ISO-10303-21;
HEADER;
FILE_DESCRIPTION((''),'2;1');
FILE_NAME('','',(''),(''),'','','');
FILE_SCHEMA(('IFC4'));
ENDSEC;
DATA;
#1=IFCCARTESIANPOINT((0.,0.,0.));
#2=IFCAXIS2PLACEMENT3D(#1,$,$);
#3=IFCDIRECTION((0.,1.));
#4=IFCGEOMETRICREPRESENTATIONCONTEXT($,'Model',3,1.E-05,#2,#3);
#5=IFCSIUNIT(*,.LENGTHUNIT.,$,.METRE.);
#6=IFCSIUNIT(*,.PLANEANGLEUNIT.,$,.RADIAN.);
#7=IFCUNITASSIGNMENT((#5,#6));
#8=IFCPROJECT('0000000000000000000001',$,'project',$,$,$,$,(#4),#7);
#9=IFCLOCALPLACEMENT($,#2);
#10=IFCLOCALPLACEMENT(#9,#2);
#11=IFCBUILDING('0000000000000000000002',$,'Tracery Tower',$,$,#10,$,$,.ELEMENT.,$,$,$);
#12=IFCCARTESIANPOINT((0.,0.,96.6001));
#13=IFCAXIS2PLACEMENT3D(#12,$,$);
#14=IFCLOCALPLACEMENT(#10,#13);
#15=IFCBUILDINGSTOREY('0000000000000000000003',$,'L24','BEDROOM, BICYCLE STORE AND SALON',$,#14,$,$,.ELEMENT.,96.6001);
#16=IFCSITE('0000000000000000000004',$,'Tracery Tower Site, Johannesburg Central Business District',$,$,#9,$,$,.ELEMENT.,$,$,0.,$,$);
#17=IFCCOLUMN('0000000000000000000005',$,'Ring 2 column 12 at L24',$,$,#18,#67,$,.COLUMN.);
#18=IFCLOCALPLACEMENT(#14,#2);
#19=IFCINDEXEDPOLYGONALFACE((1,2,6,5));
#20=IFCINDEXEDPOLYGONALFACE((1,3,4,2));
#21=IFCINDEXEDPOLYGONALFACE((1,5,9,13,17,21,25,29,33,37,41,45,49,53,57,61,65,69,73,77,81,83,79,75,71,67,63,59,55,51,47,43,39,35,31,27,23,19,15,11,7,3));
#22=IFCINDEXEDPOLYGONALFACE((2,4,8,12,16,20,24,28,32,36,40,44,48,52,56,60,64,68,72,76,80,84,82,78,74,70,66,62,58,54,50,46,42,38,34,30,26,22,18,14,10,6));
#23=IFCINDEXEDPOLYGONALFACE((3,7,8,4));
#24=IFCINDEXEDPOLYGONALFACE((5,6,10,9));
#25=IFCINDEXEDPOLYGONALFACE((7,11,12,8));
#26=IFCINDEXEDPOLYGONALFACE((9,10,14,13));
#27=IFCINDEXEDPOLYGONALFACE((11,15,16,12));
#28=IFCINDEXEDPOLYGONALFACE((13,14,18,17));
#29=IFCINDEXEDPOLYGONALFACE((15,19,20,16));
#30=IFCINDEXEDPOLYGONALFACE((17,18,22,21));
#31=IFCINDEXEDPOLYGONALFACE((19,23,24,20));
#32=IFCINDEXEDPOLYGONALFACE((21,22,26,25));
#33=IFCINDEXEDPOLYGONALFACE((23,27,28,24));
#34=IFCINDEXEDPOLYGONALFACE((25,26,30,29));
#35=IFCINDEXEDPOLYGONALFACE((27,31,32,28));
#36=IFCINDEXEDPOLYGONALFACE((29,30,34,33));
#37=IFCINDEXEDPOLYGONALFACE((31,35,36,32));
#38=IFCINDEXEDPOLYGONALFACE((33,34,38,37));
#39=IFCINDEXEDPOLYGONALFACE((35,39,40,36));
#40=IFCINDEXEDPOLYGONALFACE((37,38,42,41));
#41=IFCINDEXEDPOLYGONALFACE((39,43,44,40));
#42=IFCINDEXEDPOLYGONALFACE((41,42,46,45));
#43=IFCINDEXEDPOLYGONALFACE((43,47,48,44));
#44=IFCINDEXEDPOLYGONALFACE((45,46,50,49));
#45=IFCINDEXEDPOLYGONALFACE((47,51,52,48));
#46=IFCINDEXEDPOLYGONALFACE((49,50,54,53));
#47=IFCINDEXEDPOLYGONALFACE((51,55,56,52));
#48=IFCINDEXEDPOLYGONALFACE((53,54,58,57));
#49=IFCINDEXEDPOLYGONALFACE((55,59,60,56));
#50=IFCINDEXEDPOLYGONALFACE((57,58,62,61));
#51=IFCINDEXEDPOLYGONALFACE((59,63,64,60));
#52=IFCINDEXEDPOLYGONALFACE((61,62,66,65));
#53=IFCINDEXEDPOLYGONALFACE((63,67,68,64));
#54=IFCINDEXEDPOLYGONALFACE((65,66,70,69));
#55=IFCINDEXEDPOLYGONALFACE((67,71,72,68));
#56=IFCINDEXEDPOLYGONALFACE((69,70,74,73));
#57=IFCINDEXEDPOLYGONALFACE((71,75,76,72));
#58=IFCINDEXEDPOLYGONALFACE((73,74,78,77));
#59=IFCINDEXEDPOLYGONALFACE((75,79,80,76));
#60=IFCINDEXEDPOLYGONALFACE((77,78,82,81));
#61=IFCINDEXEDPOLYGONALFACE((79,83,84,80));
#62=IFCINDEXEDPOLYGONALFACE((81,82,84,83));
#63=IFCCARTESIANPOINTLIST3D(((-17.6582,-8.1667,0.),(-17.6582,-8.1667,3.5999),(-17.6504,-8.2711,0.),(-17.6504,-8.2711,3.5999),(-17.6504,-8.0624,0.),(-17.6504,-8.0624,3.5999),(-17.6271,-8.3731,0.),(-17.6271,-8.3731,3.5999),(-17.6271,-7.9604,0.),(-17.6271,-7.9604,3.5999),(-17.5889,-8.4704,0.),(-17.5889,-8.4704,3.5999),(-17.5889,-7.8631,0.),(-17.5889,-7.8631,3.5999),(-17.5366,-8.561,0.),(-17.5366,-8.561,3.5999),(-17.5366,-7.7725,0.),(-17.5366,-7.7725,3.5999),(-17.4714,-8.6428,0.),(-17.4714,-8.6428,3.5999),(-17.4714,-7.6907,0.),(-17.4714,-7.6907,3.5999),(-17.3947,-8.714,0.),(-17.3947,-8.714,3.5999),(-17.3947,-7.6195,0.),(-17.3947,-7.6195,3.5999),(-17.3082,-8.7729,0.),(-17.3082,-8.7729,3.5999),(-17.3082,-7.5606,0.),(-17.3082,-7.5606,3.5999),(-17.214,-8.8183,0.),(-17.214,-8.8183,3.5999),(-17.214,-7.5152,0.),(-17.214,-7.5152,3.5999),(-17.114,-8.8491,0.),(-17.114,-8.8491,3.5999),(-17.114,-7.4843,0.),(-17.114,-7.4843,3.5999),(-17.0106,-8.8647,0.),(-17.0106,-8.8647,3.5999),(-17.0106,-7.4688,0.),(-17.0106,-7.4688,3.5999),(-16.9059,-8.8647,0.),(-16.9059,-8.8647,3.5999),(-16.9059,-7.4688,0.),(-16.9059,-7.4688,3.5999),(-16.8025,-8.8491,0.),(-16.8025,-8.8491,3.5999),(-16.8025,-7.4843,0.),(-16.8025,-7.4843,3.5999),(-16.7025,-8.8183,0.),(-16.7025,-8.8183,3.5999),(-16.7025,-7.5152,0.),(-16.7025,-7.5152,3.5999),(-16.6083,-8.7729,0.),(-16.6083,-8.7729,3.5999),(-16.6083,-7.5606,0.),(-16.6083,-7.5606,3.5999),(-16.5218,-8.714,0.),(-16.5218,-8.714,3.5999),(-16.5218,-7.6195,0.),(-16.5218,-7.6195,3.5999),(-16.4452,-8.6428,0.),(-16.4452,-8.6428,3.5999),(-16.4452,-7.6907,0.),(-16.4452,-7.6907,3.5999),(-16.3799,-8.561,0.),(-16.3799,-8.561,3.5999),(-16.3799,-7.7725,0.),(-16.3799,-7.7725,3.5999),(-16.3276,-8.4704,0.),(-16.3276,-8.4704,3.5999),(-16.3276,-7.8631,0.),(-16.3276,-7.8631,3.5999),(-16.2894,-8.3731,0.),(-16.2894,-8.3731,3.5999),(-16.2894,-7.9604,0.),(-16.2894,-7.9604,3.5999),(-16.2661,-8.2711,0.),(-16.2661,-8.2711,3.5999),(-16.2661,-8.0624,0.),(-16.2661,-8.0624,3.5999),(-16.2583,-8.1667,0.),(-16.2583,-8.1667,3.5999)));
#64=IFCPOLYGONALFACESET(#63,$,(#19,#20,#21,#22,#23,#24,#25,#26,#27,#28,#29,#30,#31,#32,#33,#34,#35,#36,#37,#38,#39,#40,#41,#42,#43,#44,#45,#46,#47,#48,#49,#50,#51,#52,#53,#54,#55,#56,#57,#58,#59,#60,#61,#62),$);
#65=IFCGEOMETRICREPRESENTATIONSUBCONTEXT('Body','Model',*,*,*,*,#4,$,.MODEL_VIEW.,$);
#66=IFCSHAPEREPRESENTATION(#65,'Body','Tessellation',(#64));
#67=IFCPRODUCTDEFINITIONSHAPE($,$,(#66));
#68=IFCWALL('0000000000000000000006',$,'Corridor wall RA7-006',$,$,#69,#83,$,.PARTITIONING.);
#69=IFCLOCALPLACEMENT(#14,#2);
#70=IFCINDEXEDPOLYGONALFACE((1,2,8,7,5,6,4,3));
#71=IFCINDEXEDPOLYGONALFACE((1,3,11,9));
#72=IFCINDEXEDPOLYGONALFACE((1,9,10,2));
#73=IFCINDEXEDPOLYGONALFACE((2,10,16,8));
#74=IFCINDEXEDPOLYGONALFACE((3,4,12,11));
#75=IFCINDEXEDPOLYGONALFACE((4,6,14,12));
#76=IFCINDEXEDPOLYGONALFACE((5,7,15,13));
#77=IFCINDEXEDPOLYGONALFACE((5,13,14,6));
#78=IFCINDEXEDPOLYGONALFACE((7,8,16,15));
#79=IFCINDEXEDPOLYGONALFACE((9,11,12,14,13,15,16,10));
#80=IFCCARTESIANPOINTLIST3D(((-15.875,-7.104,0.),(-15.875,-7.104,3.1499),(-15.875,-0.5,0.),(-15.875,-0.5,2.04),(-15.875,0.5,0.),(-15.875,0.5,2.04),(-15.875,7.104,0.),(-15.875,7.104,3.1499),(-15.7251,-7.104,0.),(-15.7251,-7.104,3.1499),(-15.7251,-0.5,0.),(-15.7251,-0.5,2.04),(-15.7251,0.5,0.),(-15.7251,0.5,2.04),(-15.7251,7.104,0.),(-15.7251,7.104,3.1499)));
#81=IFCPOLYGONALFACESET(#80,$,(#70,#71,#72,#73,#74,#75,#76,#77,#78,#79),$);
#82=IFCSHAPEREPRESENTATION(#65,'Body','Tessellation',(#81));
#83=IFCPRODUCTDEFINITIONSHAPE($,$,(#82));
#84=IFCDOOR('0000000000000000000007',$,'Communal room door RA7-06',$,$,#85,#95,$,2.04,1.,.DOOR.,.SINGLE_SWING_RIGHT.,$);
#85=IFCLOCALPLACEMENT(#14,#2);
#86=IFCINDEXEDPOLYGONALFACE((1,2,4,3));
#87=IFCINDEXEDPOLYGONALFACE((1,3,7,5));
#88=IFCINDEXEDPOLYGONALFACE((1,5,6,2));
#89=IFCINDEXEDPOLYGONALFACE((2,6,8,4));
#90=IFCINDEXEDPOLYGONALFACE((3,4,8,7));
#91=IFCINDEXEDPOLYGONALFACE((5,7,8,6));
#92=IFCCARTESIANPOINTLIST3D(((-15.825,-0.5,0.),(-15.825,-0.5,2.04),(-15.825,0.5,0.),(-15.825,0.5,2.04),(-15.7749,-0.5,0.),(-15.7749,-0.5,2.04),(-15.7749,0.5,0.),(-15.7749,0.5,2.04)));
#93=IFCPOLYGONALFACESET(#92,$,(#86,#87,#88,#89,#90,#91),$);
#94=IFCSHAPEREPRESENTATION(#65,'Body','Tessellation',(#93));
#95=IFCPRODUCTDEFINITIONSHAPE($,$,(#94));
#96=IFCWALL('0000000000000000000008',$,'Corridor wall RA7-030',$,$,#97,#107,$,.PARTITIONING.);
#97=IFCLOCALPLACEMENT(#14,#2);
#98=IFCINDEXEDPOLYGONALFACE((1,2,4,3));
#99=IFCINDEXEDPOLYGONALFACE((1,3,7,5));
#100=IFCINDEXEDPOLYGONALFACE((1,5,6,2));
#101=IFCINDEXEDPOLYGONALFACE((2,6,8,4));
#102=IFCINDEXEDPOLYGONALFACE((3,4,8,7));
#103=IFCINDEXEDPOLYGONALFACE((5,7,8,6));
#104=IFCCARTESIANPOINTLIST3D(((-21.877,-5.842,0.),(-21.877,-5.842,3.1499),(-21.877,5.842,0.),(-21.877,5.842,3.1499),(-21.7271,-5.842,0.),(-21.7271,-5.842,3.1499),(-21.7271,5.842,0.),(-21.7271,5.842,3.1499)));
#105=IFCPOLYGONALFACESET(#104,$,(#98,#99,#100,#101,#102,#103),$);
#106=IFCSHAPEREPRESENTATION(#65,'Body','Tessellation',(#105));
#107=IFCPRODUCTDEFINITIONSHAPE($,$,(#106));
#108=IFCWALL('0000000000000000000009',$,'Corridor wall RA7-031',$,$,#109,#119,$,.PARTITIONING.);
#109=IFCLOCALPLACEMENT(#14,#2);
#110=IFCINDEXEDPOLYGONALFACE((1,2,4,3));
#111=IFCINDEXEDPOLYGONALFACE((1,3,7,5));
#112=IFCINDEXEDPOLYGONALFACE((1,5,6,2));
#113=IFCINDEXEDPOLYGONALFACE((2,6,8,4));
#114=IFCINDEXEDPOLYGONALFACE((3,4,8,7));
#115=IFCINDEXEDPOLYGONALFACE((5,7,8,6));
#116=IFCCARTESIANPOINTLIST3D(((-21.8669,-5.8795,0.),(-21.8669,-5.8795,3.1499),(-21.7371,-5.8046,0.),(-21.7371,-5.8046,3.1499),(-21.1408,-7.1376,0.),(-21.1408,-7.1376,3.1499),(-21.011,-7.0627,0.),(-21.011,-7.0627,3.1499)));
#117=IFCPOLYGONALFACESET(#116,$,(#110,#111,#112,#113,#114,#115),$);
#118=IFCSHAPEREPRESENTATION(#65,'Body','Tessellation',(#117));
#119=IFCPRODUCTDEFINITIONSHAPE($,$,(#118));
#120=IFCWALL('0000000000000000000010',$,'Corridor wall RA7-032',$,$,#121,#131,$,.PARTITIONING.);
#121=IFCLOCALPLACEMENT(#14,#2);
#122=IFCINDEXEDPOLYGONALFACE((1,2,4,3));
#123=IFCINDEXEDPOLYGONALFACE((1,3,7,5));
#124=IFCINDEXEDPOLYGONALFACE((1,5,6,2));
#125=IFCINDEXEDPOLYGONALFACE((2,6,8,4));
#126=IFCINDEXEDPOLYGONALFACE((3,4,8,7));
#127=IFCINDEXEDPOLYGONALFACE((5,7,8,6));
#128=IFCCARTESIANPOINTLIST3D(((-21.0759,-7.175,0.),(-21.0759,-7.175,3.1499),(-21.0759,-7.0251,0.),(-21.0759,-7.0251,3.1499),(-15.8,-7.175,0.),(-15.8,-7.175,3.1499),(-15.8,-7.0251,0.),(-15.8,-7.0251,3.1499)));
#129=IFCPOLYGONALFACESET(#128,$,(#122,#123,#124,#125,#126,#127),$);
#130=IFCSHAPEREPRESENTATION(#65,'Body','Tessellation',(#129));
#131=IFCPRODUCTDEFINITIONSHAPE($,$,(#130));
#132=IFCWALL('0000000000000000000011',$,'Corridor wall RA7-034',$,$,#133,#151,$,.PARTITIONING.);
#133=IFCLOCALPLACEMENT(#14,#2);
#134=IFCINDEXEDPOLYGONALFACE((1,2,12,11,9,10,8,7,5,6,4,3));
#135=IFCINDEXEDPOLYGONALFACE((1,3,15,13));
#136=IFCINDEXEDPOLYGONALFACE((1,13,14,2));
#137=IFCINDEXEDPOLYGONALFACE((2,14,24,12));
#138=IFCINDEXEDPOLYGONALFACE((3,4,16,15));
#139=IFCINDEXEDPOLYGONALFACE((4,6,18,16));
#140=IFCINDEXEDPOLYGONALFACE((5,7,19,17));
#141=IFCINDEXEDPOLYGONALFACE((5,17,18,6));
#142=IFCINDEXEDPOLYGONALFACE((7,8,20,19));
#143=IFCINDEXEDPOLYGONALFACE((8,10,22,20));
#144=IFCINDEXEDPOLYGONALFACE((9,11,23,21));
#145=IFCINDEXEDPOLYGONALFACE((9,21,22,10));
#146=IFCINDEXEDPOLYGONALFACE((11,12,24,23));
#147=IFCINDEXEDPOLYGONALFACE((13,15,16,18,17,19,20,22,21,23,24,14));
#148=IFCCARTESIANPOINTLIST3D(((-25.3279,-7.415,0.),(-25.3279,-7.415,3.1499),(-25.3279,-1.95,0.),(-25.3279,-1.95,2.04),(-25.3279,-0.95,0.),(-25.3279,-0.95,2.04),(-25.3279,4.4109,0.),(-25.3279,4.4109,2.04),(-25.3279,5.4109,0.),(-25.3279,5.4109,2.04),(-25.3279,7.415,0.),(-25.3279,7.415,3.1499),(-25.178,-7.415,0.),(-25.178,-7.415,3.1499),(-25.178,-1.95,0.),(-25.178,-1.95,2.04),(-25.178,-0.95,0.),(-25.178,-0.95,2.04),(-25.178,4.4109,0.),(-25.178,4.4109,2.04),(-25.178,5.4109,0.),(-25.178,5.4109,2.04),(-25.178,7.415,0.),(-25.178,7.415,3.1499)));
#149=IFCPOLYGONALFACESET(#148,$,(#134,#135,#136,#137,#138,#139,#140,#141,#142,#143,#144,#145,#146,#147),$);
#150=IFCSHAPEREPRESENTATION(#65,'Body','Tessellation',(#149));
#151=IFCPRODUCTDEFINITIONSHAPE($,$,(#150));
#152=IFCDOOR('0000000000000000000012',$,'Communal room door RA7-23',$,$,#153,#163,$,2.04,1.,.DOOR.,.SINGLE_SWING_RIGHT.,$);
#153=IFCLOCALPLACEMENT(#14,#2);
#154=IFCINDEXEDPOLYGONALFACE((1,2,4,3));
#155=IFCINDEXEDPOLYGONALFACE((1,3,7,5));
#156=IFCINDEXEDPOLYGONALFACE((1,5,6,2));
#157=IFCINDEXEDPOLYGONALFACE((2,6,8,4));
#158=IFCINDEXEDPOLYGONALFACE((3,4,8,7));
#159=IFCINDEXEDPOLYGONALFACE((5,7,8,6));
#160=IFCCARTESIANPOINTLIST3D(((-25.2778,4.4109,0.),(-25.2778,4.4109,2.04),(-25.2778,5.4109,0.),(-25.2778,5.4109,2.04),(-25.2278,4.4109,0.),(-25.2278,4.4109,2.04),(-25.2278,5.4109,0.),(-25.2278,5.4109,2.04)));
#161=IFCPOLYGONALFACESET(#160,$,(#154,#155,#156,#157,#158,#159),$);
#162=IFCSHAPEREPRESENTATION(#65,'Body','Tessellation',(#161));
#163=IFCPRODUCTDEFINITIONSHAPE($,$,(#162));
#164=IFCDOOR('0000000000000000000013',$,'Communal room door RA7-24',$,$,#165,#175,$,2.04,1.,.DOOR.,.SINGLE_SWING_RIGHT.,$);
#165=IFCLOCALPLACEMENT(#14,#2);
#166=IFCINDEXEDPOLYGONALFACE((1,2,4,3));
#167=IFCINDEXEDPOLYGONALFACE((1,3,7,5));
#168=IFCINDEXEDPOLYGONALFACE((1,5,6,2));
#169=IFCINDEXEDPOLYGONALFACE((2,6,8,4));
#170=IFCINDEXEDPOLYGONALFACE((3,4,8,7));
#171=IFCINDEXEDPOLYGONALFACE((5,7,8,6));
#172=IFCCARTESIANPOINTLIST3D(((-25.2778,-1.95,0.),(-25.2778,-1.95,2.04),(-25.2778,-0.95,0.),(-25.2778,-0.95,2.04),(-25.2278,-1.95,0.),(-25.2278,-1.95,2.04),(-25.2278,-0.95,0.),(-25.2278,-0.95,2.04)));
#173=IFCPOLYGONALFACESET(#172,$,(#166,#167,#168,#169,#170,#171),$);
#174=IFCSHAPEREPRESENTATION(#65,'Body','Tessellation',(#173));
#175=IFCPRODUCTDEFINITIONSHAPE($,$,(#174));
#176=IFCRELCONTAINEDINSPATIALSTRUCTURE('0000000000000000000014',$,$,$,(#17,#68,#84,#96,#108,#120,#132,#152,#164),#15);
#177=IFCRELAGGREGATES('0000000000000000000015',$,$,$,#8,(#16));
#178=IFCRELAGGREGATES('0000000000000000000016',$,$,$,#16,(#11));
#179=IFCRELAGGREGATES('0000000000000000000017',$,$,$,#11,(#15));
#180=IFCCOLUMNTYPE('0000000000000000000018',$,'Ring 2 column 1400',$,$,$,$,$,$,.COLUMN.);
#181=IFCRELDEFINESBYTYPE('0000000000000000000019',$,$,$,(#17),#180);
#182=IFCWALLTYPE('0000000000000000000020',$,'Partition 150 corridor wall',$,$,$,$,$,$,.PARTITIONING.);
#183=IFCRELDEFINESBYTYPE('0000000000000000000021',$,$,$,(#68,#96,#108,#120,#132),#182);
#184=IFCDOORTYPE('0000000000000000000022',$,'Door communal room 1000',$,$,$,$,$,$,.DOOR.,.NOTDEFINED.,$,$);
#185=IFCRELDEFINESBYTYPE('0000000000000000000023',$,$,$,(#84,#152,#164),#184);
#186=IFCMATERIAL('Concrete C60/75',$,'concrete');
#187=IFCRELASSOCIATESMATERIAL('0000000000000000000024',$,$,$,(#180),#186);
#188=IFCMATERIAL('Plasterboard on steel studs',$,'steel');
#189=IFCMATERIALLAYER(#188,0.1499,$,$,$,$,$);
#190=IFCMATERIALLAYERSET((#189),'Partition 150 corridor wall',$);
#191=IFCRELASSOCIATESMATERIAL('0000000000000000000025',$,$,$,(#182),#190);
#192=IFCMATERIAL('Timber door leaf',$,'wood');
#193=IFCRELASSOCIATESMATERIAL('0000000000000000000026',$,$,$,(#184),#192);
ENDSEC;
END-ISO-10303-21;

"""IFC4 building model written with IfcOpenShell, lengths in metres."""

from ifc_helpers import new_model, si_unit, direction, frame, frame_2d, origin, origin_2d, place, context, subcontext, project, spatial, rectangle, circle, extrude, material, layer, layer_set, material_profile, profile_set, type_object, element, fill, save


model = new_model("IFC4")

# Units and contexts
model_context = context("Model", 3, precision=1e-05, world=origin(), true_north=direction((0.0, 1.0)))
body_context = subcontext(model_context, "Body", "Model", "MODEL_VIEW")
ifc_project = project(units=[si_unit("LENGTHUNIT", "METRE"), si_unit("PLANEANGLEUNIT", "RADIAN")], contexts=[model_context])

# Site, building, storey
site_placement = place(None, origin())
site = spatial("IfcSite", under=ifc_project, at=site_placement, Name="Tracery Tower Site, Johannesburg Central Business District", CompositionType="ELEMENT", RefElevation=0.0)
building_placement = place(site_placement, origin())
building = spatial("IfcBuilding", under=site, at=building_placement, Name="Tracery Tower", CompositionType="ELEMENT")
storey_placement = place(building_placement, frame((0.0, 0.0, 96.6001)))
storey = spatial("IfcBuildingStorey", under=building, at=storey_placement, Name="L24", Description="BEDROOM, BICYCLE STORE AND SALON", CompositionType="ELEMENT", Elevation=96.6001)

# Column
ifc_material_1 = material(Name="Concrete C60/75", Category="concrete")
ifc_material_profile_1 = material_profile(ifc_material_1, circle(Radius=0.7, at=origin_2d()), Name="RC D1400")
ifc_profile_set_1 = profile_set([ifc_material_profile_1], Name="Concrete C60/75")
column_type_1 = type_object("IfcColumnType", Name="Ring 2 column 1400", PredefinedType="COLUMN", material=ifc_profile_set_1)
for number, where, z_axis, x_axis, name in (
    (1, (-16.9583, -8.1667, 0.0), (0.0, 0.0, 1.0), (1.0, 0.0, 0.0), "Ring 2 column 12 at L24"),
):
    element("IfcColumn", number, at=place(storey_placement, frame(where, z_axis=z_axis, x_axis=x_axis)), inside=storey, type_object=column_type_1, Name=name, PredefinedType="COLUMN", context=body_context, shape_type="SweptSolid", body=[
        extrude(circle(Radius=0.7, at=origin_2d()), origin(), (0.0, 0.0, 1.0), 3.5999),
    ])

# Wall, opening, door
ifc_material_2 = material(Name="Plasterboard on steel studs", Category="steel")
ifc_layer_1 = layer(ifc_material_2, 0.1499)
ifc_layer_set_1 = layer_set([ifc_layer_1], Name="Partition 150 corridor wall")
wall_type_1 = type_object("IfcWallType", Name="Partition 150 corridor wall", PredefinedType="PARTITIONING", material=ifc_layer_set_1)
wall_1_placement = place(storey_placement, frame((-15.8, -7.104, 0.0), z_axis=(0.0, 0.0, 1.0), x_axis=(0.0, 1.0, 0.0)))
wall_1 = element("IfcWall", 2, at=wall_1_placement, inside=storey, type_object=wall_type_1, Name="Corridor wall RA7-006", PredefinedType="PARTITIONING", context=body_context, shape_type="SweptSolid", body=[
    extrude(rectangle(XDim=14.208, YDim=0.1499, at=frame_2d((7.104, 0.0))), origin(), (0.0, 0.0, 1.0), 3.1499),
])
opening_1_placement = place(wall_1_placement, frame((6.604, 0.0, 0.0)))
opening_1 = element("IfcOpeningElement", 3, at=opening_1_placement, cuts=wall_1, PredefinedType="OPENING", context=body_context, shape_type="SweptSolid", body=[
    extrude(rectangle(XDim=1.0, YDim=2.04, at=frame_2d((0.5, 1.02))), frame((0.0, 0.075, 0.0), z_axis=(0.0, -1.0, 0.0), x_axis=(1.0, 0.0, 0.0)), (0.0, 0.0, 1.0), 0.1499),
])
ifc_material_3 = material(Name="Timber door leaf", Category="wood")
door_type_1 = type_object("IfcDoorType", Name="Door communal room 1000", OperationType="NOTDEFINED", PredefinedType="DOOR", material=ifc_material_3)
door_1_placement = place(opening_1_placement, origin())
door_1 = element("IfcDoor", 4, at=door_1_placement, inside=storey, type_object=door_type_1, Name="Communal room door RA7-06", OperationType="SINGLE_SWING_RIGHT", OverallHeight=2.04, OverallWidth=1.0, PredefinedType="DOOR", context=body_context, shape_type="SweptSolid", body=[
    extrude(rectangle(XDim=1.0, YDim=2.04, at=frame_2d((0.5, 1.02))), frame((0.0, 0.0249, 0.0), z_axis=(0.0, -1.0, 0.0), x_axis=(1.0, 0.0, 0.0)), (0.0, 0.0, 1.0), 0.05),
])
fill(opening_1, door_1)

# Walls
wall_2_placement = place(storey_placement, frame((-21.802, -5.842, 0.0), z_axis=(0.0, 0.0, 1.0), x_axis=(0.0, 1.0, 0.0)))
element("IfcWall", 5, at=wall_2_placement, inside=storey, type_object=wall_type_1, Name="Corridor wall RA7-030", PredefinedType="PARTITIONING", context=body_context, shape_type="SweptSolid", body=[
    extrude(rectangle(XDim=11.6841, YDim=0.1499, at=frame_2d((5.842, 0.0))), origin(), (0.0, 0.0, 1.0), 3.1499),
])
wall_3_placement = place(storey_placement, frame((-21.802, -5.842, 0.0), z_axis=(0.0, 0.0, 1.0), x_axis=(0.499863, -0.866104, 0.0)))
element("IfcWall", 6, at=wall_3_placement, inside=storey, type_object=wall_type_1, Name="Corridor wall RA7-031", PredefinedType="PARTITIONING", context=body_context, shape_type="SweptSolid", body=[
    extrude(rectangle(XDim=1.4526, YDim=0.1499, at=frame_2d((0.7263, 0.0))), origin(), (0.0, 0.0, 1.0), 3.1499),
])
wall_4_placement = place(storey_placement, frame((-21.0759, -7.1001, 0.0), z_axis=(0.0, 0.0, 1.0), x_axis=(1.0, 0.0, 0.0)))
element("IfcWall", 7, at=wall_4_placement, inside=storey, type_object=wall_type_1, Name="Corridor wall RA7-032", PredefinedType="PARTITIONING", context=body_context, shape_type="SweptSolid", body=[
    extrude(rectangle(XDim=5.2759, YDim=0.1499, at=frame_2d((2.6379, 0.0))), origin(), (0.0, 0.0, 1.0), 3.1499),
])

# Wall, openings, doors
wall_5_placement = place(storey_placement, frame((-25.2529, -7.415, 0.0), z_axis=(0.0, 0.0, 1.0), x_axis=(0.0, 1.0, 0.0)))
wall_5 = element("IfcWall", 8, at=wall_5_placement, inside=storey, type_object=wall_type_1, Name="Corridor wall RA7-034", PredefinedType="PARTITIONING", context=body_context, shape_type="SweptSolid", body=[
    extrude(rectangle(XDim=14.8301, YDim=0.1499, at=frame_2d((7.415, 0.0))), origin(), (0.0, 0.0, 1.0), 3.1499),
])
opening_2_placement = place(wall_5_placement, frame((11.8259, 0.0, 0.0)))
opening_2 = element("IfcOpeningElement", 9, at=opening_2_placement, cuts=wall_5, PredefinedType="OPENING", context=body_context, shape_type="SweptSolid", body=[
    extrude(rectangle(XDim=1.0, YDim=2.04, at=frame_2d((0.5, 1.02))), frame((0.0, 0.075, 0.0), z_axis=(0.0, -1.0, 0.0), x_axis=(1.0, 0.0, 0.0)), (0.0, 0.0, 1.0), 0.1499),
])
opening_3_placement = place(wall_5_placement, frame((5.4651, 0.0, 0.0)))
opening_3 = element("IfcOpeningElement", 10, at=opening_3_placement, cuts=wall_5, PredefinedType="OPENING", context=body_context, shape_type="SweptSolid", body=[
    extrude(rectangle(XDim=1.0, YDim=2.04, at=frame_2d((0.5, 1.02))), frame((0.0, 0.075, 0.0), z_axis=(0.0, -1.0, 0.0), x_axis=(1.0, 0.0, 0.0)), (0.0, 0.0, 1.0), 0.1499),
])
door_2_placement = place(opening_2_placement, origin())
door_2 = element("IfcDoor", 11, at=door_2_placement, inside=storey, type_object=door_type_1, Name="Communal room door RA7-23", OperationType="SINGLE_SWING_RIGHT", OverallHeight=2.04, OverallWidth=1.0, PredefinedType="DOOR", context=body_context, shape_type="SweptSolid", body=[
    extrude(rectangle(XDim=1.0, YDim=2.04, at=frame_2d((0.5, 1.02))), frame((0.0, 0.0249, 0.0), z_axis=(0.0, -1.0, 0.0), x_axis=(1.0, 0.0, 0.0)), (0.0, 0.0, 1.0), 0.05),
])
fill(opening_2, door_2)
door_3_placement = place(opening_3_placement, origin())
door_3 = element("IfcDoor", 12, at=door_3_placement, inside=storey, type_object=door_type_1, Name="Communal room door RA7-24", OperationType="SINGLE_SWING_RIGHT", OverallHeight=2.04, OverallWidth=1.0, PredefinedType="DOOR", context=body_context, shape_type="SweptSolid", body=[
    extrude(rectangle(XDim=1.0, YDim=2.04, at=frame_2d((0.5, 1.02))), frame((0.0, 0.0249, 0.0), z_axis=(0.0, -1.0, 0.0), x_axis=(1.0, 0.0, 0.0)), (0.0, 0.0, 1.0), 0.05),
])
fill(opening_3, door_3)

save(model, "model.ifc")
